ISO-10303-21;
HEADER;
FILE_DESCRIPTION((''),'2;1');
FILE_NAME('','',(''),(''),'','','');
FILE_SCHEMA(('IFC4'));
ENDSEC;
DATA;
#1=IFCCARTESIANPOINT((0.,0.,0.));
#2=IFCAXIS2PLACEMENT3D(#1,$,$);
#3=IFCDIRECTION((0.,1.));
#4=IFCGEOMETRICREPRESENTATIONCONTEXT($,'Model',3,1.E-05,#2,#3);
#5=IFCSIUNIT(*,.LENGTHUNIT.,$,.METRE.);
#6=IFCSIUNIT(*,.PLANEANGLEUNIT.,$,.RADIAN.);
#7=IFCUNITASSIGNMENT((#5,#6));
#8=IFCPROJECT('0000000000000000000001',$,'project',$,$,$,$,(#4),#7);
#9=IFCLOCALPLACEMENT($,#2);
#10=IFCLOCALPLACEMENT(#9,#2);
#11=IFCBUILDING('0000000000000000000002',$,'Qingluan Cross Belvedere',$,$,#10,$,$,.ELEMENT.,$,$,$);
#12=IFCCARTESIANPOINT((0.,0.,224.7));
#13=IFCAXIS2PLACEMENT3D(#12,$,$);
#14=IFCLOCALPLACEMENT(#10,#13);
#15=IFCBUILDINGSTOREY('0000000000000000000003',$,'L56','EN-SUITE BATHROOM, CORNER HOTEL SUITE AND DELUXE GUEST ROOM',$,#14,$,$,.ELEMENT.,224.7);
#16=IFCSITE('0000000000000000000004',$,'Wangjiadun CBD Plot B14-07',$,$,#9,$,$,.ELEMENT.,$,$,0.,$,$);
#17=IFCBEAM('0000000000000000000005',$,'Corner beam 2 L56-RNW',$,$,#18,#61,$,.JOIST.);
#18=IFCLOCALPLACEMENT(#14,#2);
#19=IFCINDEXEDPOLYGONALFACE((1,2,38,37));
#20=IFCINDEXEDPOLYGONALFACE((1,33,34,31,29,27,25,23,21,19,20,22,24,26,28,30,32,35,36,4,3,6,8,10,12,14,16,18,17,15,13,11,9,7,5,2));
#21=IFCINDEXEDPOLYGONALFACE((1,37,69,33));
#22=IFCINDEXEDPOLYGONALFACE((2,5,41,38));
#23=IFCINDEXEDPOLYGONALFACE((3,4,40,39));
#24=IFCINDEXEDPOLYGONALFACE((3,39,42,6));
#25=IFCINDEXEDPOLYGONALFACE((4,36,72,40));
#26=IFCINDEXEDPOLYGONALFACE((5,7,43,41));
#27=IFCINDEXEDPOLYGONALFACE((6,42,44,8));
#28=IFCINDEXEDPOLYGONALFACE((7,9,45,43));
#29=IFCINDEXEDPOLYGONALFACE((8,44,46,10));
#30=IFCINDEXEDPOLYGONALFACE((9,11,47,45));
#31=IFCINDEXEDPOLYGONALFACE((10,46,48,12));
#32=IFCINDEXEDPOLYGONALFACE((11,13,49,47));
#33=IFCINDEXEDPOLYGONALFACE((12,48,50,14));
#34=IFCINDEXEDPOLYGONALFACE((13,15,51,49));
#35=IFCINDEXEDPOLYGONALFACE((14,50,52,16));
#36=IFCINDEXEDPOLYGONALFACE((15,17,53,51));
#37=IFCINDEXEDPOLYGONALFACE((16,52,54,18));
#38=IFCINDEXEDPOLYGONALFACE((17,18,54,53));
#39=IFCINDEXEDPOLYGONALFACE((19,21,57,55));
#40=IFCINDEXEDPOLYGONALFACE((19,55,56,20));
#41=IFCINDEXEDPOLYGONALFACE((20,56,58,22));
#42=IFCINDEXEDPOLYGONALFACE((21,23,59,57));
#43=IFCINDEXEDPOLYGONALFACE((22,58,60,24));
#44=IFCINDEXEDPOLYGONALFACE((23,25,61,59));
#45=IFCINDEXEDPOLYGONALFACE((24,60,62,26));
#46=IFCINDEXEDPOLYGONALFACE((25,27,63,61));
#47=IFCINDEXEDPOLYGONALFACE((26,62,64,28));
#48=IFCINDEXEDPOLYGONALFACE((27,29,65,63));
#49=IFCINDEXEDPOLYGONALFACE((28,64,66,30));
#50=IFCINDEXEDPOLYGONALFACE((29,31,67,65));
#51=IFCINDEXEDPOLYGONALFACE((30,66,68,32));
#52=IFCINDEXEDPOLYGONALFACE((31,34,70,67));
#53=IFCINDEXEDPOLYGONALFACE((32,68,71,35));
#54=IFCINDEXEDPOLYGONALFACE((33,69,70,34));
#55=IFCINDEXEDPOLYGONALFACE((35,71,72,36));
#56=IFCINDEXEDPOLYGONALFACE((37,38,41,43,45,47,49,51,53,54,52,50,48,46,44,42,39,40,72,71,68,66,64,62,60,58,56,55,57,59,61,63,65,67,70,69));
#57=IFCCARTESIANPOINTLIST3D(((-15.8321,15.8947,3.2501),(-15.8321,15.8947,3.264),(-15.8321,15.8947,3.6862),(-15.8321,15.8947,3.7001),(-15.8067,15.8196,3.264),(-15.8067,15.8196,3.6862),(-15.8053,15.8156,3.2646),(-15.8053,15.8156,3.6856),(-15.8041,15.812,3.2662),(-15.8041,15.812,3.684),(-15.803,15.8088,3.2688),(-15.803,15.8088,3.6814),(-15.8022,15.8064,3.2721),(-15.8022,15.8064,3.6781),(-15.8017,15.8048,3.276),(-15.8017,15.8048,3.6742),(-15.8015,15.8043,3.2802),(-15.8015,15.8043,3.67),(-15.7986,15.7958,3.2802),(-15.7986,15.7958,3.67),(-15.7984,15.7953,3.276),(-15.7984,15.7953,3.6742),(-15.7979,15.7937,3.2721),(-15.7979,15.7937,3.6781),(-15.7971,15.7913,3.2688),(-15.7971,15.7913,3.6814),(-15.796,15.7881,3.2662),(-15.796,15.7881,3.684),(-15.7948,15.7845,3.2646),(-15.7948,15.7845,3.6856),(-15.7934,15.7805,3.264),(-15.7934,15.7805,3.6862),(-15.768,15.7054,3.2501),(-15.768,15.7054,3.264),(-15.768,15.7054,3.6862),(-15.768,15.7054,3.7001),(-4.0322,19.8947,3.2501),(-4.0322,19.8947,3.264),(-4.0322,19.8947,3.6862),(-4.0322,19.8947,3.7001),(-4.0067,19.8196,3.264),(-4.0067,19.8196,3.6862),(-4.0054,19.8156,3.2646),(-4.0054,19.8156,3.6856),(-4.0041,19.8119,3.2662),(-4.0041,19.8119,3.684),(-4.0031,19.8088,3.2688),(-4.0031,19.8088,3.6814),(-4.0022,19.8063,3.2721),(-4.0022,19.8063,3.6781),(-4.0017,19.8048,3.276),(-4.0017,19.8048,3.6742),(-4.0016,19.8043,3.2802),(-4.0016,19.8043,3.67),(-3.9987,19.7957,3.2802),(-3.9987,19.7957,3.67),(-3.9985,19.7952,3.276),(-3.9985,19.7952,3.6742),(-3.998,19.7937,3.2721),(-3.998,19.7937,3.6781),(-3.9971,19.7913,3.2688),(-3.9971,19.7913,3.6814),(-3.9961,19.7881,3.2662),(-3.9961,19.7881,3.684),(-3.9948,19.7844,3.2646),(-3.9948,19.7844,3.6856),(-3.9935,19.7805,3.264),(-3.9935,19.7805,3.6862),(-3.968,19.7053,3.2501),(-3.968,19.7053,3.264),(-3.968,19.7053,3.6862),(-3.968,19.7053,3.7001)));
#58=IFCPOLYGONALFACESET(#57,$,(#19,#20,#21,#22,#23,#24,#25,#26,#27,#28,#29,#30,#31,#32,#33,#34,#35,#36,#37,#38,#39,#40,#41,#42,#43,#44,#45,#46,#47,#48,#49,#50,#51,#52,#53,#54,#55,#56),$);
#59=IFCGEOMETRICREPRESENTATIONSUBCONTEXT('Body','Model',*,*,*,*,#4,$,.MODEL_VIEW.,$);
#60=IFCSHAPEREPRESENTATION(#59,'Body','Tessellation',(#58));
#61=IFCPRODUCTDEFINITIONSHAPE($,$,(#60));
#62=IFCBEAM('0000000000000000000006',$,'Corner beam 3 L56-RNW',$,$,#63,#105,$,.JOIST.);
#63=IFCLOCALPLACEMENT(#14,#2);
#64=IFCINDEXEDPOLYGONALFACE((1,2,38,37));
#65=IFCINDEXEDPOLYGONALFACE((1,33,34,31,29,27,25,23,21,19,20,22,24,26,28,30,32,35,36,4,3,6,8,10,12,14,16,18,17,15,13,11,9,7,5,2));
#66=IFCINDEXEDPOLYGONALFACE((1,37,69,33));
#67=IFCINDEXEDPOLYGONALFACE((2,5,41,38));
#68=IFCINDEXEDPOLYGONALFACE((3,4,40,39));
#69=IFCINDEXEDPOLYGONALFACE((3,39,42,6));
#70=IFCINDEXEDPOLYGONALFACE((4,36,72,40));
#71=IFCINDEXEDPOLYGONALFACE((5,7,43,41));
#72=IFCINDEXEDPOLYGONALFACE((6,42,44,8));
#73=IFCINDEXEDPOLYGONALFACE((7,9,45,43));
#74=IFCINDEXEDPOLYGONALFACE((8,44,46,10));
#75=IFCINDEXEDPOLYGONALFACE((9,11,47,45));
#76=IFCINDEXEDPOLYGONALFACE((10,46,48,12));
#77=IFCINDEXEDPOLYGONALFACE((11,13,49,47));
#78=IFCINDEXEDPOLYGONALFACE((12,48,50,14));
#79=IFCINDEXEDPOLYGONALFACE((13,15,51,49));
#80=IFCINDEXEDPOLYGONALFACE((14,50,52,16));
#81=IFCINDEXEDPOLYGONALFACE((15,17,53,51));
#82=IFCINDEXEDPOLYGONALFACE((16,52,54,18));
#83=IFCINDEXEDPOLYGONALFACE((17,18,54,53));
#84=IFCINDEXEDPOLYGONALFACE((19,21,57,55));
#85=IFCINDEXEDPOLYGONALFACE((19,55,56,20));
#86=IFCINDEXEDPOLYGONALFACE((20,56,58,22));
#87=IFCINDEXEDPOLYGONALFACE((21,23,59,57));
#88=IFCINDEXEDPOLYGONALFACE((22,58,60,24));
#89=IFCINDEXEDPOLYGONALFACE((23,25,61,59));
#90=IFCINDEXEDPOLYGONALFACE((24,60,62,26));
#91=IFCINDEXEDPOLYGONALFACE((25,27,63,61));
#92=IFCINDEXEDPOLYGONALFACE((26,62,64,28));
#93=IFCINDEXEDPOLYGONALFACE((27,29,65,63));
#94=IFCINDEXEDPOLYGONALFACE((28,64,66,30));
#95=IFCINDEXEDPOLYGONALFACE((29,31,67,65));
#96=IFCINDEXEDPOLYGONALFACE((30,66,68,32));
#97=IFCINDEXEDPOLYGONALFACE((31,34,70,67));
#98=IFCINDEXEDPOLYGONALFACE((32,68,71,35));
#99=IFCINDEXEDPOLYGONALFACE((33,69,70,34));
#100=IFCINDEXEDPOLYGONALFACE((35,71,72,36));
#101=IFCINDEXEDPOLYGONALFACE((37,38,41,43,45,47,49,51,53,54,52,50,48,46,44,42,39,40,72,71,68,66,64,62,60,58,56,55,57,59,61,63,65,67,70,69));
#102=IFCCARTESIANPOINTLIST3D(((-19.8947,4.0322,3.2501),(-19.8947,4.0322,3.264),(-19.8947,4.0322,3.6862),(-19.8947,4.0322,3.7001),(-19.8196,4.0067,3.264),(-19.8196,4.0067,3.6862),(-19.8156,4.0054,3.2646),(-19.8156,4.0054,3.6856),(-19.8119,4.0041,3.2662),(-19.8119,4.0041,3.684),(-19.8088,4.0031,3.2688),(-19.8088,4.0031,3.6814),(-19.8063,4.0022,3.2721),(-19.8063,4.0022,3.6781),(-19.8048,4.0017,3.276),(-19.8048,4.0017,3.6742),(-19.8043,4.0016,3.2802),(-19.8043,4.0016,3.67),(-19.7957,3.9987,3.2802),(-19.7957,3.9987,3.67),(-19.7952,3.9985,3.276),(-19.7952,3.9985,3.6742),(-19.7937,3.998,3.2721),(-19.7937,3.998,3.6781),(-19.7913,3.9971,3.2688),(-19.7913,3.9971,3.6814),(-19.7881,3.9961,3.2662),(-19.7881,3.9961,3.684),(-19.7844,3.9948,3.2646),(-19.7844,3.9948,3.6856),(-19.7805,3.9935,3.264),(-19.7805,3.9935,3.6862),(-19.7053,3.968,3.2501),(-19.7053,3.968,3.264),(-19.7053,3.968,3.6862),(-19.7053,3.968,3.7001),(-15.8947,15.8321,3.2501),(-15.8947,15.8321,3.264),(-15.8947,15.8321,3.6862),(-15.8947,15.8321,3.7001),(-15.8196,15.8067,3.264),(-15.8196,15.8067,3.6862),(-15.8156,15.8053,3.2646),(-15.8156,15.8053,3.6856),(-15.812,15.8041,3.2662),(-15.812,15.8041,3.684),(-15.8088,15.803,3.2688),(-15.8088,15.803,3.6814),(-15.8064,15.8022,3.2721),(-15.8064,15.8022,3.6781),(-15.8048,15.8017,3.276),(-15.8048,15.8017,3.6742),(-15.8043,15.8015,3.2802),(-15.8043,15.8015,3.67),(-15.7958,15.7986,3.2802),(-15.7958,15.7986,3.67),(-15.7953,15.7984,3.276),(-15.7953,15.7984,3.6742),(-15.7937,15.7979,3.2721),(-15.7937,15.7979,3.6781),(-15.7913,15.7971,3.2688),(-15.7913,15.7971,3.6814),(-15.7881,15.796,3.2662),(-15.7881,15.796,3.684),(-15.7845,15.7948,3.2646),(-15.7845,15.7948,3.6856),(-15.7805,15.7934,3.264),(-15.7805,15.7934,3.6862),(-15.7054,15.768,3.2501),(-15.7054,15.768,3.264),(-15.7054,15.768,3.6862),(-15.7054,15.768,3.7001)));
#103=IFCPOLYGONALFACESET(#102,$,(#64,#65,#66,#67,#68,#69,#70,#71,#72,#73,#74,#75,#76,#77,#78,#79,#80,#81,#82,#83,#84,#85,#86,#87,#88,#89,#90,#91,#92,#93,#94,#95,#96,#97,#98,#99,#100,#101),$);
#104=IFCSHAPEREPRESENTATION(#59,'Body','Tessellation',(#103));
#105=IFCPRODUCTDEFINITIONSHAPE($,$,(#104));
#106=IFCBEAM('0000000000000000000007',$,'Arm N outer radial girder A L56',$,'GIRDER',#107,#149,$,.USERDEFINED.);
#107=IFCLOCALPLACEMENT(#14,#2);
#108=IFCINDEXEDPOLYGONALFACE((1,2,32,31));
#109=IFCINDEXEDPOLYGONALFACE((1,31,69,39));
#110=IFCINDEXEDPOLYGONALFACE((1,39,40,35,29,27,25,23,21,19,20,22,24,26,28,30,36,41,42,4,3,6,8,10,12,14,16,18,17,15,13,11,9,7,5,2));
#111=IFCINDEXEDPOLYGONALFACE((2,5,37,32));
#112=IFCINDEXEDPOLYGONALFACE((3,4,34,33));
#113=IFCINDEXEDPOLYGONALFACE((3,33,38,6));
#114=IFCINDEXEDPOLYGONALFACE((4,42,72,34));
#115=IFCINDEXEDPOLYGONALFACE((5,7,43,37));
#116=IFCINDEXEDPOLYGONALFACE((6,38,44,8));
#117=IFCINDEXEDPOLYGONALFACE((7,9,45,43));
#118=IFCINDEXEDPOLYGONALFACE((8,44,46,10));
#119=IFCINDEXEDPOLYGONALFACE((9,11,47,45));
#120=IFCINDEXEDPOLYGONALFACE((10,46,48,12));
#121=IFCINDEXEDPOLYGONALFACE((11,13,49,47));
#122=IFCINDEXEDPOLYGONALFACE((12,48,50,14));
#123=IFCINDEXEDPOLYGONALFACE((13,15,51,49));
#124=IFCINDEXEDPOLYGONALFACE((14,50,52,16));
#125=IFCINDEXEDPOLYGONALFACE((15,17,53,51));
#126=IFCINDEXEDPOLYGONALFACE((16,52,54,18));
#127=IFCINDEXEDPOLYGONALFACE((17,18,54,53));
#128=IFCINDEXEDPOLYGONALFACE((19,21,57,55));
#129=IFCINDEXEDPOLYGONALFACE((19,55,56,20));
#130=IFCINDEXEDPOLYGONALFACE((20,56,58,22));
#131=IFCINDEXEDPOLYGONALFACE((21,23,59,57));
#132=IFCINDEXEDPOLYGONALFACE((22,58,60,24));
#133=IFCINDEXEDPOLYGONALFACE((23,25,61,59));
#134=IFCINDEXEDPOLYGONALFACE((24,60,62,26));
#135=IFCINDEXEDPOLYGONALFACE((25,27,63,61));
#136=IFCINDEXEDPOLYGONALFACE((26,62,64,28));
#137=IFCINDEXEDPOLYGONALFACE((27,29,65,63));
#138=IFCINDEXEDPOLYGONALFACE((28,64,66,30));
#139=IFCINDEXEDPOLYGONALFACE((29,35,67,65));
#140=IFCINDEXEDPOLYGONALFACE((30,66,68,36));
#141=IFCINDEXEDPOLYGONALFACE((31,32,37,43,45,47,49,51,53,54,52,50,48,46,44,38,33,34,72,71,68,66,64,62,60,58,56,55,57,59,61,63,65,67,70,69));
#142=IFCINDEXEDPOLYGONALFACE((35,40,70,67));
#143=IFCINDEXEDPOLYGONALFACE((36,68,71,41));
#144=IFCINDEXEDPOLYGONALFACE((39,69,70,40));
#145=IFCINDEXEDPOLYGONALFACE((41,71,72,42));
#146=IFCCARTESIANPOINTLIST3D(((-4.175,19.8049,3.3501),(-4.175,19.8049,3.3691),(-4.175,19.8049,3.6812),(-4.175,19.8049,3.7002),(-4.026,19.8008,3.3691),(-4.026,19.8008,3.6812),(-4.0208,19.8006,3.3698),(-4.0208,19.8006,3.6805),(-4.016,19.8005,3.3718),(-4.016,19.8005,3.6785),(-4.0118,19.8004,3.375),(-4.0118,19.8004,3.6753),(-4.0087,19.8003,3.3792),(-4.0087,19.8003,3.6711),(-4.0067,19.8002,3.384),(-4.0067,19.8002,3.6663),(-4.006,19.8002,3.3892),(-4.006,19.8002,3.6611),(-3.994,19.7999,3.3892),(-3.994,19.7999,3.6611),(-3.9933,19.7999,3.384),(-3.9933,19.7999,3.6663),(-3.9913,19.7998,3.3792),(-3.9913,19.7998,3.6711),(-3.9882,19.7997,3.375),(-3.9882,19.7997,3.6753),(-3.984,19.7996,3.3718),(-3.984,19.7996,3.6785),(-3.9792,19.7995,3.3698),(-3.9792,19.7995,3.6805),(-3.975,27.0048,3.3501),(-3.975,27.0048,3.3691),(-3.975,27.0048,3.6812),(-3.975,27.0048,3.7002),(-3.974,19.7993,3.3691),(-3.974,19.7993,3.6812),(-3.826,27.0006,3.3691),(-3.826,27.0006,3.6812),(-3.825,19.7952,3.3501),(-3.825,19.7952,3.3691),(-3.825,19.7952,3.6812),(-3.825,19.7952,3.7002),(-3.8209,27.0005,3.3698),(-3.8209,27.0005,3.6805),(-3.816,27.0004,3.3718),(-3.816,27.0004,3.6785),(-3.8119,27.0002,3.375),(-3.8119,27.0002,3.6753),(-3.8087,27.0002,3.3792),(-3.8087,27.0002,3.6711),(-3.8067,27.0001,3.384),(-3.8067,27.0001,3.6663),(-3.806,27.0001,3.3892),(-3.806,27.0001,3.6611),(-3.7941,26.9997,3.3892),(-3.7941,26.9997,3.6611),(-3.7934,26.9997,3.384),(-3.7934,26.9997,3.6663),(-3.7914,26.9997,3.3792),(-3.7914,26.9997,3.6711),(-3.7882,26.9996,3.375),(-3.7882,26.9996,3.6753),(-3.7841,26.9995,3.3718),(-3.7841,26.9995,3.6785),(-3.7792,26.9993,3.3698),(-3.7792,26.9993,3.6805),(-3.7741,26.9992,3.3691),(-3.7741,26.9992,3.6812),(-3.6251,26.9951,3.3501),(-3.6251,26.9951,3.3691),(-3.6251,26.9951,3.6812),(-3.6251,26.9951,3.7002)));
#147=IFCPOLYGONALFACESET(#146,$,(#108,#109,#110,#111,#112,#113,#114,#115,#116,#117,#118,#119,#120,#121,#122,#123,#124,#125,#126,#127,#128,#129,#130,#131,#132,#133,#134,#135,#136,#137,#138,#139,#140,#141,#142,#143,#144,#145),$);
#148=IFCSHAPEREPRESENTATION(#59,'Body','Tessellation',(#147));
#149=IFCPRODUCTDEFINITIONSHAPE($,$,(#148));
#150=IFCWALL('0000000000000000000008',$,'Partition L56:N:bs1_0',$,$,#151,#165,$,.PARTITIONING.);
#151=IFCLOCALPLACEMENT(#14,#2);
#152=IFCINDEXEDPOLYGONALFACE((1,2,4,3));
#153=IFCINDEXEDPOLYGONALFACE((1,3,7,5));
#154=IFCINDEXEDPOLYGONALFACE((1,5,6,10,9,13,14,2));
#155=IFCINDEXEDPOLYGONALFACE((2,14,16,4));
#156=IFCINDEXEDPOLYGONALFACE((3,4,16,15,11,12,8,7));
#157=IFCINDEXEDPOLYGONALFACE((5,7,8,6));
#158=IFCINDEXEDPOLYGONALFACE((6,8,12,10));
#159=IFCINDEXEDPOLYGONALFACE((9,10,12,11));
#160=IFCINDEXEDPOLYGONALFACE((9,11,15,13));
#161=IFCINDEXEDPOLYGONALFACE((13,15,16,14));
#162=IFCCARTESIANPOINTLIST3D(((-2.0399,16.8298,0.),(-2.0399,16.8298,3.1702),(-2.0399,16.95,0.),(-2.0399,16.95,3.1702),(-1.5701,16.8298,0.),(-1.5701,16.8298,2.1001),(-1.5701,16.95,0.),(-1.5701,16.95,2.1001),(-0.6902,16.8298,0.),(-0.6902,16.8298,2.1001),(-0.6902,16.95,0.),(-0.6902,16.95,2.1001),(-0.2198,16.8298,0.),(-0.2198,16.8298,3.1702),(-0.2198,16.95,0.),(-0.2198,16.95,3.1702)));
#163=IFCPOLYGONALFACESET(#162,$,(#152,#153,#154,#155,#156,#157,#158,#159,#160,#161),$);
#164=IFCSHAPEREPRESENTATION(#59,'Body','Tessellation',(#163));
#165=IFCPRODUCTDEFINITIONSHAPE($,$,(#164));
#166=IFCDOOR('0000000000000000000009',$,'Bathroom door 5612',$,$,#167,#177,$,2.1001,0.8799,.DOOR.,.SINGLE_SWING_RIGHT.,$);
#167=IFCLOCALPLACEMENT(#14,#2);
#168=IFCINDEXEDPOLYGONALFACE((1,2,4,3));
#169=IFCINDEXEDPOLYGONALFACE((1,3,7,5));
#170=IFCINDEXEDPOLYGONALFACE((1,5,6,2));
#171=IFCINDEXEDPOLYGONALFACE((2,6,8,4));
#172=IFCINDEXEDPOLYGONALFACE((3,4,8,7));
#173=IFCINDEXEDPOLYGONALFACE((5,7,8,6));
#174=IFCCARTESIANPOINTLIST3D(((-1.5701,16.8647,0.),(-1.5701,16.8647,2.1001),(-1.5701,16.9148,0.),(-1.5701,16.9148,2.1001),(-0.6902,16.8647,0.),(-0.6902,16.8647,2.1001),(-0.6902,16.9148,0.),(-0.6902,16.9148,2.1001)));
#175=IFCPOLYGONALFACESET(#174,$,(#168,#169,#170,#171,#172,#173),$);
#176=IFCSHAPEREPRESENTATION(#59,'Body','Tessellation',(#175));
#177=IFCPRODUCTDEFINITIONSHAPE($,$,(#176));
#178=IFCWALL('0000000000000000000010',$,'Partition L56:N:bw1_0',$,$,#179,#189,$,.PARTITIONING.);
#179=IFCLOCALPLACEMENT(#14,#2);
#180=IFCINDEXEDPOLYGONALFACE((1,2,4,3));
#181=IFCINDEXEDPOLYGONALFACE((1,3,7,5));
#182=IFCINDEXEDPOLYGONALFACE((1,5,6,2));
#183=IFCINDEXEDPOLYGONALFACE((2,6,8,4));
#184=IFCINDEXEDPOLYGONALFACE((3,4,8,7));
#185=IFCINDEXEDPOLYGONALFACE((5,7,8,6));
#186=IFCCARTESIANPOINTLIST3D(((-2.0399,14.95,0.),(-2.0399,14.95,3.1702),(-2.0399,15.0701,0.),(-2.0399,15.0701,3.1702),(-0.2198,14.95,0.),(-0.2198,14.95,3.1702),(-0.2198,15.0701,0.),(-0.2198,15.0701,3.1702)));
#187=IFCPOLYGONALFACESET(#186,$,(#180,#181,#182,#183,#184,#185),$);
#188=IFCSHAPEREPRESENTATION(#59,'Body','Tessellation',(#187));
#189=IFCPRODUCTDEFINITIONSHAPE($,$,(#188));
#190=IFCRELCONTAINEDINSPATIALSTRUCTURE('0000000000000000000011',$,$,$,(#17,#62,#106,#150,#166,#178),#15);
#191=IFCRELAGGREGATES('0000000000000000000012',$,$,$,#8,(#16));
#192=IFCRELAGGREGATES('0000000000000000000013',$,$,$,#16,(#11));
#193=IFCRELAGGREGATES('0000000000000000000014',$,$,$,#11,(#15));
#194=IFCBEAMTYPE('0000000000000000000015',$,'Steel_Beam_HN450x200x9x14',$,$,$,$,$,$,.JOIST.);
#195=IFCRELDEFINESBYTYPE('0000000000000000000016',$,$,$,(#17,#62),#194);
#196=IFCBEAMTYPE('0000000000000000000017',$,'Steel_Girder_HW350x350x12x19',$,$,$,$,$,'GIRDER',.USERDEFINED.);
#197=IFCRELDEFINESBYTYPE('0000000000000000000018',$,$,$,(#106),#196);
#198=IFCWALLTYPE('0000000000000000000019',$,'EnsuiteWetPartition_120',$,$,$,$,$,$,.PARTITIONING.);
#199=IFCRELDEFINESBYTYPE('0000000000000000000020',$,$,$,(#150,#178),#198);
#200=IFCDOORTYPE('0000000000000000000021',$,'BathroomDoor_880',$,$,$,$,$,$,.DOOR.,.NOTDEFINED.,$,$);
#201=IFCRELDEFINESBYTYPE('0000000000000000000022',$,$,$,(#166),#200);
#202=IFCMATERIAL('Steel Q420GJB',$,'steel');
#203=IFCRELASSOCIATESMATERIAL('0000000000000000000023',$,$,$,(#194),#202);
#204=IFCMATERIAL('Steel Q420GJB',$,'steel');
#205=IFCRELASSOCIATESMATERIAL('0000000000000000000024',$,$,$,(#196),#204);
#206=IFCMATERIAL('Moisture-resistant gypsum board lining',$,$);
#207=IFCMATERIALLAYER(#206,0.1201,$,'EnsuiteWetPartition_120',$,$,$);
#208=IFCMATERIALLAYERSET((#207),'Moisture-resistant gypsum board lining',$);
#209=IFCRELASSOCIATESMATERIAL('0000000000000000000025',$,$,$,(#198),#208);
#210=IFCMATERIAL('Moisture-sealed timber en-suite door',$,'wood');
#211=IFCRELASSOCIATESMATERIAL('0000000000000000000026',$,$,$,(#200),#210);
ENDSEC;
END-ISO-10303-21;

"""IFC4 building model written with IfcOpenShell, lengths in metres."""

from ifc_helpers import new_model, si_unit, direction, frame, frame_2d, origin, origin_2d, place, context, subcontext, project, spatial, rectangle, i_section, extrude, material, layer, layer_set, material_profile, profile_set, type_object, element, fill, save


model = new_model("IFC4")

# Units and contexts
model_context = context("Model", 3, precision=1e-05, world=origin(), true_north=direction((0.0, 1.0)))
body_context = subcontext(model_context, "Body", "Model", "MODEL_VIEW")
ifc_project = project(units=[si_unit("LENGTHUNIT", "METRE"), si_unit("PLANEANGLEUNIT", "RADIAN")], contexts=[model_context])

# Site, building, storey
site_placement = place(None, origin())
site = spatial("IfcSite", under=ifc_project, at=site_placement, Name="Wangjiadun CBD Plot B14-07", CompositionType="ELEMENT", RefElevation=0.0)
building_placement = place(site_placement, origin())
building = spatial("IfcBuilding", under=site, at=building_placement, Name="Qingluan Cross Belvedere", CompositionType="ELEMENT")
storey_placement = place(building_placement, frame((0.0, 0.0, 224.7)))
storey = spatial("IfcBuildingStorey", under=building, at=storey_placement, Name="L56", Description="EN-SUITE BATHROOM, CORNER HOTEL SUITE AND DELUXE GUEST ROOM", CompositionType="ELEMENT", Elevation=224.7)

# Beams
ifc_material_1 = material(Name="Steel Q420GJB", Category="steel")
ifc_material_profile_1 = material_profile(ifc_material_1, i_section(OverallWidth=0.2, OverallDepth=0.45, WebThickness=0.009, FlangeThickness=0.0139, FilletRadius=0.0161, at=origin_2d()), Name="HN450x200x9x14")
ifc_profile_set_1 = profile_set([ifc_material_profile_1], Name="Steel Q420GJB")
beam_type_1 = type_object("IfcBeamType", Name="Steel_Beam_HN450x200x9x14", PredefinedType="JOIST", material=ifc_profile_set_1)
for number, where, z_axis, x_axis, name in (
    (1, (-15.8, 15.8, 3.4751), (0.947066, 0.321038, 0.0), (-0.321038, 0.947066, 0.0), "Corner beam 2 L56-RNW"),
    (2, (-15.8, 15.8, 3.4751), (-0.321038, -0.947066, 0.0), (0.947066, -0.321038, 0.0), "Corner beam 3 L56-RNW"),
):
    element("IfcBeam", number, at=place(storey_placement, frame(where, z_axis=z_axis, x_axis=x_axis)), inside=storey, type_object=beam_type_1, Name=name, PredefinedType="JOIST", context=body_context, shape_type="SweptSolid", body=[
        extrude(i_section(OverallWidth=0.2, OverallDepth=0.45, WebThickness=0.009, FlangeThickness=0.0139, FilletRadius=0.0161, at=origin_2d()), origin(), (0.0, 0.0, 1.0), 12.4595),
    ])
ifc_material_2 = material(Name="Steel Q420GJB", Category="steel")
ifc_material_profile_2 = material_profile(ifc_material_2, i_section(OverallWidth=0.3501, OverallDepth=0.3501, WebThickness=0.012, FlangeThickness=0.019, FilletRadius=0.02, at=origin_2d()), Name="HW350x350x12x19")
ifc_profile_set_2 = profile_set([ifc_material_profile_2], Name="Steel Q420GJB")
beam_type_2 = type_object("IfcBeamType", Name="Steel_Girder_HW350x350x12x19", ElementType="GIRDER", PredefinedType="USERDEFINED", material=ifc_profile_set_2)
beam_1_placement = place(storey_placement, frame((-4.0, 19.8, 3.5251), z_axis=(0.02776, 0.999615, 0.0), x_axis=(-0.999615, 0.02776, 0.0)))
element("IfcBeam", 3, at=beam_1_placement, inside=storey, type_object=beam_type_2, Name="Arm N outer radial girder A L56", ObjectType="GIRDER", PredefinedType="USERDEFINED", context=body_context, shape_type="SweptSolid", body=[
    extrude(i_section(OverallWidth=0.3501, OverallDepth=0.3501, WebThickness=0.012, FlangeThickness=0.019, FilletRadius=0.02, at=origin_2d()), origin(), (0.0, 0.0, 1.0), 7.2026),
])

# Wall, opening, door
ifc_material_3 = material(Name="Moisture-resistant gypsum board lining")
ifc_layer_1 = layer(ifc_material_3, 0.1201, Name="EnsuiteWetPartition_120")
ifc_layer_set_1 = layer_set([ifc_layer_1], Name="Moisture-resistant gypsum board lining")
wall_type_1 = type_object("IfcWallType", Name="EnsuiteWetPartition_120", PredefinedType="PARTITIONING", material=ifc_layer_set_1)
wall_1_placement = place(storey_placement, frame((-2.04, 16.8899, 0.0), z_axis=(0.0, 0.0, 1.0), x_axis=(1.0, 0.0, 0.0)))
wall_1 = element("IfcWall", 4, at=wall_1_placement, inside=storey, type_object=wall_type_1, Name="Partition L56:N:bs1_0", PredefinedType="PARTITIONING", context=body_context, shape_type="SweptSolid", body=[
    extrude(rectangle(XDim=1.8201, YDim=0.1201, at=frame_2d((0.9102, 0.0))), origin(), (0.0, 0.0, 1.0), 3.1702),
])
opening_1_placement = place(wall_1_placement, frame((0.47, 0.0, 0.0)))
opening_1 = element("IfcOpeningElement", 5, at=opening_1_placement, cuts=wall_1, PredefinedType="OPENING", context=body_context, shape_type="SweptSolid", body=[
    extrude(rectangle(XDim=0.8799, YDim=2.1001, at=frame_2d((0.4399, 1.05))), frame((0.0, 0.0701, 0.0), z_axis=(0.0, -1.0, 0.0), x_axis=(1.0, 0.0, 0.0)), (0.0, 0.0, 1.0), 0.1401),
])
ifc_material_4 = material(Name="Moisture-sealed timber en-suite door", Category="wood")
door_type = type_object("IfcDoorType", Name="BathroomDoor_880", OperationType="NOTDEFINED", PredefinedType="DOOR", material=ifc_material_4)
door_1_placement = place(opening_1_placement, origin())
door_1 = element("IfcDoor", 6, at=door_1_placement, inside=storey, type_object=door_type, Name="Bathroom door 5612", OperationType="SINGLE_SWING_RIGHT", OverallHeight=2.1001, OverallWidth=0.8799, PredefinedType="DOOR", context=body_context, shape_type="SweptSolid", body=[
    extrude(rectangle(XDim=0.8799, YDim=2.1001, at=frame_2d((0.4399, 1.05))), frame((0.0, 0.0249, 0.0), z_axis=(0.0, -1.0, 0.0), x_axis=(1.0, 0.0, 0.0)), (0.0, 0.0, 1.0), 0.05),
])
fill(opening_1, door_1)

# Wall
wall_2_placement = place(storey_placement, frame((-2.04, 15.01, 0.0), z_axis=(0.0, 0.0, 1.0), x_axis=(1.0, 0.0, 0.0)))
element("IfcWall", 7, at=wall_2_placement, inside=storey, type_object=wall_type_1, Name="Partition L56:N:bw1_0", PredefinedType="PARTITIONING", context=body_context, shape_type="SweptSolid", body=[
    extrude(rectangle(XDim=1.8201, YDim=0.1201, at=frame_2d((0.9102, 0.0))), origin(), (0.0, 0.0, 1.0), 3.1702),
])

save(model, "model.ifc")
